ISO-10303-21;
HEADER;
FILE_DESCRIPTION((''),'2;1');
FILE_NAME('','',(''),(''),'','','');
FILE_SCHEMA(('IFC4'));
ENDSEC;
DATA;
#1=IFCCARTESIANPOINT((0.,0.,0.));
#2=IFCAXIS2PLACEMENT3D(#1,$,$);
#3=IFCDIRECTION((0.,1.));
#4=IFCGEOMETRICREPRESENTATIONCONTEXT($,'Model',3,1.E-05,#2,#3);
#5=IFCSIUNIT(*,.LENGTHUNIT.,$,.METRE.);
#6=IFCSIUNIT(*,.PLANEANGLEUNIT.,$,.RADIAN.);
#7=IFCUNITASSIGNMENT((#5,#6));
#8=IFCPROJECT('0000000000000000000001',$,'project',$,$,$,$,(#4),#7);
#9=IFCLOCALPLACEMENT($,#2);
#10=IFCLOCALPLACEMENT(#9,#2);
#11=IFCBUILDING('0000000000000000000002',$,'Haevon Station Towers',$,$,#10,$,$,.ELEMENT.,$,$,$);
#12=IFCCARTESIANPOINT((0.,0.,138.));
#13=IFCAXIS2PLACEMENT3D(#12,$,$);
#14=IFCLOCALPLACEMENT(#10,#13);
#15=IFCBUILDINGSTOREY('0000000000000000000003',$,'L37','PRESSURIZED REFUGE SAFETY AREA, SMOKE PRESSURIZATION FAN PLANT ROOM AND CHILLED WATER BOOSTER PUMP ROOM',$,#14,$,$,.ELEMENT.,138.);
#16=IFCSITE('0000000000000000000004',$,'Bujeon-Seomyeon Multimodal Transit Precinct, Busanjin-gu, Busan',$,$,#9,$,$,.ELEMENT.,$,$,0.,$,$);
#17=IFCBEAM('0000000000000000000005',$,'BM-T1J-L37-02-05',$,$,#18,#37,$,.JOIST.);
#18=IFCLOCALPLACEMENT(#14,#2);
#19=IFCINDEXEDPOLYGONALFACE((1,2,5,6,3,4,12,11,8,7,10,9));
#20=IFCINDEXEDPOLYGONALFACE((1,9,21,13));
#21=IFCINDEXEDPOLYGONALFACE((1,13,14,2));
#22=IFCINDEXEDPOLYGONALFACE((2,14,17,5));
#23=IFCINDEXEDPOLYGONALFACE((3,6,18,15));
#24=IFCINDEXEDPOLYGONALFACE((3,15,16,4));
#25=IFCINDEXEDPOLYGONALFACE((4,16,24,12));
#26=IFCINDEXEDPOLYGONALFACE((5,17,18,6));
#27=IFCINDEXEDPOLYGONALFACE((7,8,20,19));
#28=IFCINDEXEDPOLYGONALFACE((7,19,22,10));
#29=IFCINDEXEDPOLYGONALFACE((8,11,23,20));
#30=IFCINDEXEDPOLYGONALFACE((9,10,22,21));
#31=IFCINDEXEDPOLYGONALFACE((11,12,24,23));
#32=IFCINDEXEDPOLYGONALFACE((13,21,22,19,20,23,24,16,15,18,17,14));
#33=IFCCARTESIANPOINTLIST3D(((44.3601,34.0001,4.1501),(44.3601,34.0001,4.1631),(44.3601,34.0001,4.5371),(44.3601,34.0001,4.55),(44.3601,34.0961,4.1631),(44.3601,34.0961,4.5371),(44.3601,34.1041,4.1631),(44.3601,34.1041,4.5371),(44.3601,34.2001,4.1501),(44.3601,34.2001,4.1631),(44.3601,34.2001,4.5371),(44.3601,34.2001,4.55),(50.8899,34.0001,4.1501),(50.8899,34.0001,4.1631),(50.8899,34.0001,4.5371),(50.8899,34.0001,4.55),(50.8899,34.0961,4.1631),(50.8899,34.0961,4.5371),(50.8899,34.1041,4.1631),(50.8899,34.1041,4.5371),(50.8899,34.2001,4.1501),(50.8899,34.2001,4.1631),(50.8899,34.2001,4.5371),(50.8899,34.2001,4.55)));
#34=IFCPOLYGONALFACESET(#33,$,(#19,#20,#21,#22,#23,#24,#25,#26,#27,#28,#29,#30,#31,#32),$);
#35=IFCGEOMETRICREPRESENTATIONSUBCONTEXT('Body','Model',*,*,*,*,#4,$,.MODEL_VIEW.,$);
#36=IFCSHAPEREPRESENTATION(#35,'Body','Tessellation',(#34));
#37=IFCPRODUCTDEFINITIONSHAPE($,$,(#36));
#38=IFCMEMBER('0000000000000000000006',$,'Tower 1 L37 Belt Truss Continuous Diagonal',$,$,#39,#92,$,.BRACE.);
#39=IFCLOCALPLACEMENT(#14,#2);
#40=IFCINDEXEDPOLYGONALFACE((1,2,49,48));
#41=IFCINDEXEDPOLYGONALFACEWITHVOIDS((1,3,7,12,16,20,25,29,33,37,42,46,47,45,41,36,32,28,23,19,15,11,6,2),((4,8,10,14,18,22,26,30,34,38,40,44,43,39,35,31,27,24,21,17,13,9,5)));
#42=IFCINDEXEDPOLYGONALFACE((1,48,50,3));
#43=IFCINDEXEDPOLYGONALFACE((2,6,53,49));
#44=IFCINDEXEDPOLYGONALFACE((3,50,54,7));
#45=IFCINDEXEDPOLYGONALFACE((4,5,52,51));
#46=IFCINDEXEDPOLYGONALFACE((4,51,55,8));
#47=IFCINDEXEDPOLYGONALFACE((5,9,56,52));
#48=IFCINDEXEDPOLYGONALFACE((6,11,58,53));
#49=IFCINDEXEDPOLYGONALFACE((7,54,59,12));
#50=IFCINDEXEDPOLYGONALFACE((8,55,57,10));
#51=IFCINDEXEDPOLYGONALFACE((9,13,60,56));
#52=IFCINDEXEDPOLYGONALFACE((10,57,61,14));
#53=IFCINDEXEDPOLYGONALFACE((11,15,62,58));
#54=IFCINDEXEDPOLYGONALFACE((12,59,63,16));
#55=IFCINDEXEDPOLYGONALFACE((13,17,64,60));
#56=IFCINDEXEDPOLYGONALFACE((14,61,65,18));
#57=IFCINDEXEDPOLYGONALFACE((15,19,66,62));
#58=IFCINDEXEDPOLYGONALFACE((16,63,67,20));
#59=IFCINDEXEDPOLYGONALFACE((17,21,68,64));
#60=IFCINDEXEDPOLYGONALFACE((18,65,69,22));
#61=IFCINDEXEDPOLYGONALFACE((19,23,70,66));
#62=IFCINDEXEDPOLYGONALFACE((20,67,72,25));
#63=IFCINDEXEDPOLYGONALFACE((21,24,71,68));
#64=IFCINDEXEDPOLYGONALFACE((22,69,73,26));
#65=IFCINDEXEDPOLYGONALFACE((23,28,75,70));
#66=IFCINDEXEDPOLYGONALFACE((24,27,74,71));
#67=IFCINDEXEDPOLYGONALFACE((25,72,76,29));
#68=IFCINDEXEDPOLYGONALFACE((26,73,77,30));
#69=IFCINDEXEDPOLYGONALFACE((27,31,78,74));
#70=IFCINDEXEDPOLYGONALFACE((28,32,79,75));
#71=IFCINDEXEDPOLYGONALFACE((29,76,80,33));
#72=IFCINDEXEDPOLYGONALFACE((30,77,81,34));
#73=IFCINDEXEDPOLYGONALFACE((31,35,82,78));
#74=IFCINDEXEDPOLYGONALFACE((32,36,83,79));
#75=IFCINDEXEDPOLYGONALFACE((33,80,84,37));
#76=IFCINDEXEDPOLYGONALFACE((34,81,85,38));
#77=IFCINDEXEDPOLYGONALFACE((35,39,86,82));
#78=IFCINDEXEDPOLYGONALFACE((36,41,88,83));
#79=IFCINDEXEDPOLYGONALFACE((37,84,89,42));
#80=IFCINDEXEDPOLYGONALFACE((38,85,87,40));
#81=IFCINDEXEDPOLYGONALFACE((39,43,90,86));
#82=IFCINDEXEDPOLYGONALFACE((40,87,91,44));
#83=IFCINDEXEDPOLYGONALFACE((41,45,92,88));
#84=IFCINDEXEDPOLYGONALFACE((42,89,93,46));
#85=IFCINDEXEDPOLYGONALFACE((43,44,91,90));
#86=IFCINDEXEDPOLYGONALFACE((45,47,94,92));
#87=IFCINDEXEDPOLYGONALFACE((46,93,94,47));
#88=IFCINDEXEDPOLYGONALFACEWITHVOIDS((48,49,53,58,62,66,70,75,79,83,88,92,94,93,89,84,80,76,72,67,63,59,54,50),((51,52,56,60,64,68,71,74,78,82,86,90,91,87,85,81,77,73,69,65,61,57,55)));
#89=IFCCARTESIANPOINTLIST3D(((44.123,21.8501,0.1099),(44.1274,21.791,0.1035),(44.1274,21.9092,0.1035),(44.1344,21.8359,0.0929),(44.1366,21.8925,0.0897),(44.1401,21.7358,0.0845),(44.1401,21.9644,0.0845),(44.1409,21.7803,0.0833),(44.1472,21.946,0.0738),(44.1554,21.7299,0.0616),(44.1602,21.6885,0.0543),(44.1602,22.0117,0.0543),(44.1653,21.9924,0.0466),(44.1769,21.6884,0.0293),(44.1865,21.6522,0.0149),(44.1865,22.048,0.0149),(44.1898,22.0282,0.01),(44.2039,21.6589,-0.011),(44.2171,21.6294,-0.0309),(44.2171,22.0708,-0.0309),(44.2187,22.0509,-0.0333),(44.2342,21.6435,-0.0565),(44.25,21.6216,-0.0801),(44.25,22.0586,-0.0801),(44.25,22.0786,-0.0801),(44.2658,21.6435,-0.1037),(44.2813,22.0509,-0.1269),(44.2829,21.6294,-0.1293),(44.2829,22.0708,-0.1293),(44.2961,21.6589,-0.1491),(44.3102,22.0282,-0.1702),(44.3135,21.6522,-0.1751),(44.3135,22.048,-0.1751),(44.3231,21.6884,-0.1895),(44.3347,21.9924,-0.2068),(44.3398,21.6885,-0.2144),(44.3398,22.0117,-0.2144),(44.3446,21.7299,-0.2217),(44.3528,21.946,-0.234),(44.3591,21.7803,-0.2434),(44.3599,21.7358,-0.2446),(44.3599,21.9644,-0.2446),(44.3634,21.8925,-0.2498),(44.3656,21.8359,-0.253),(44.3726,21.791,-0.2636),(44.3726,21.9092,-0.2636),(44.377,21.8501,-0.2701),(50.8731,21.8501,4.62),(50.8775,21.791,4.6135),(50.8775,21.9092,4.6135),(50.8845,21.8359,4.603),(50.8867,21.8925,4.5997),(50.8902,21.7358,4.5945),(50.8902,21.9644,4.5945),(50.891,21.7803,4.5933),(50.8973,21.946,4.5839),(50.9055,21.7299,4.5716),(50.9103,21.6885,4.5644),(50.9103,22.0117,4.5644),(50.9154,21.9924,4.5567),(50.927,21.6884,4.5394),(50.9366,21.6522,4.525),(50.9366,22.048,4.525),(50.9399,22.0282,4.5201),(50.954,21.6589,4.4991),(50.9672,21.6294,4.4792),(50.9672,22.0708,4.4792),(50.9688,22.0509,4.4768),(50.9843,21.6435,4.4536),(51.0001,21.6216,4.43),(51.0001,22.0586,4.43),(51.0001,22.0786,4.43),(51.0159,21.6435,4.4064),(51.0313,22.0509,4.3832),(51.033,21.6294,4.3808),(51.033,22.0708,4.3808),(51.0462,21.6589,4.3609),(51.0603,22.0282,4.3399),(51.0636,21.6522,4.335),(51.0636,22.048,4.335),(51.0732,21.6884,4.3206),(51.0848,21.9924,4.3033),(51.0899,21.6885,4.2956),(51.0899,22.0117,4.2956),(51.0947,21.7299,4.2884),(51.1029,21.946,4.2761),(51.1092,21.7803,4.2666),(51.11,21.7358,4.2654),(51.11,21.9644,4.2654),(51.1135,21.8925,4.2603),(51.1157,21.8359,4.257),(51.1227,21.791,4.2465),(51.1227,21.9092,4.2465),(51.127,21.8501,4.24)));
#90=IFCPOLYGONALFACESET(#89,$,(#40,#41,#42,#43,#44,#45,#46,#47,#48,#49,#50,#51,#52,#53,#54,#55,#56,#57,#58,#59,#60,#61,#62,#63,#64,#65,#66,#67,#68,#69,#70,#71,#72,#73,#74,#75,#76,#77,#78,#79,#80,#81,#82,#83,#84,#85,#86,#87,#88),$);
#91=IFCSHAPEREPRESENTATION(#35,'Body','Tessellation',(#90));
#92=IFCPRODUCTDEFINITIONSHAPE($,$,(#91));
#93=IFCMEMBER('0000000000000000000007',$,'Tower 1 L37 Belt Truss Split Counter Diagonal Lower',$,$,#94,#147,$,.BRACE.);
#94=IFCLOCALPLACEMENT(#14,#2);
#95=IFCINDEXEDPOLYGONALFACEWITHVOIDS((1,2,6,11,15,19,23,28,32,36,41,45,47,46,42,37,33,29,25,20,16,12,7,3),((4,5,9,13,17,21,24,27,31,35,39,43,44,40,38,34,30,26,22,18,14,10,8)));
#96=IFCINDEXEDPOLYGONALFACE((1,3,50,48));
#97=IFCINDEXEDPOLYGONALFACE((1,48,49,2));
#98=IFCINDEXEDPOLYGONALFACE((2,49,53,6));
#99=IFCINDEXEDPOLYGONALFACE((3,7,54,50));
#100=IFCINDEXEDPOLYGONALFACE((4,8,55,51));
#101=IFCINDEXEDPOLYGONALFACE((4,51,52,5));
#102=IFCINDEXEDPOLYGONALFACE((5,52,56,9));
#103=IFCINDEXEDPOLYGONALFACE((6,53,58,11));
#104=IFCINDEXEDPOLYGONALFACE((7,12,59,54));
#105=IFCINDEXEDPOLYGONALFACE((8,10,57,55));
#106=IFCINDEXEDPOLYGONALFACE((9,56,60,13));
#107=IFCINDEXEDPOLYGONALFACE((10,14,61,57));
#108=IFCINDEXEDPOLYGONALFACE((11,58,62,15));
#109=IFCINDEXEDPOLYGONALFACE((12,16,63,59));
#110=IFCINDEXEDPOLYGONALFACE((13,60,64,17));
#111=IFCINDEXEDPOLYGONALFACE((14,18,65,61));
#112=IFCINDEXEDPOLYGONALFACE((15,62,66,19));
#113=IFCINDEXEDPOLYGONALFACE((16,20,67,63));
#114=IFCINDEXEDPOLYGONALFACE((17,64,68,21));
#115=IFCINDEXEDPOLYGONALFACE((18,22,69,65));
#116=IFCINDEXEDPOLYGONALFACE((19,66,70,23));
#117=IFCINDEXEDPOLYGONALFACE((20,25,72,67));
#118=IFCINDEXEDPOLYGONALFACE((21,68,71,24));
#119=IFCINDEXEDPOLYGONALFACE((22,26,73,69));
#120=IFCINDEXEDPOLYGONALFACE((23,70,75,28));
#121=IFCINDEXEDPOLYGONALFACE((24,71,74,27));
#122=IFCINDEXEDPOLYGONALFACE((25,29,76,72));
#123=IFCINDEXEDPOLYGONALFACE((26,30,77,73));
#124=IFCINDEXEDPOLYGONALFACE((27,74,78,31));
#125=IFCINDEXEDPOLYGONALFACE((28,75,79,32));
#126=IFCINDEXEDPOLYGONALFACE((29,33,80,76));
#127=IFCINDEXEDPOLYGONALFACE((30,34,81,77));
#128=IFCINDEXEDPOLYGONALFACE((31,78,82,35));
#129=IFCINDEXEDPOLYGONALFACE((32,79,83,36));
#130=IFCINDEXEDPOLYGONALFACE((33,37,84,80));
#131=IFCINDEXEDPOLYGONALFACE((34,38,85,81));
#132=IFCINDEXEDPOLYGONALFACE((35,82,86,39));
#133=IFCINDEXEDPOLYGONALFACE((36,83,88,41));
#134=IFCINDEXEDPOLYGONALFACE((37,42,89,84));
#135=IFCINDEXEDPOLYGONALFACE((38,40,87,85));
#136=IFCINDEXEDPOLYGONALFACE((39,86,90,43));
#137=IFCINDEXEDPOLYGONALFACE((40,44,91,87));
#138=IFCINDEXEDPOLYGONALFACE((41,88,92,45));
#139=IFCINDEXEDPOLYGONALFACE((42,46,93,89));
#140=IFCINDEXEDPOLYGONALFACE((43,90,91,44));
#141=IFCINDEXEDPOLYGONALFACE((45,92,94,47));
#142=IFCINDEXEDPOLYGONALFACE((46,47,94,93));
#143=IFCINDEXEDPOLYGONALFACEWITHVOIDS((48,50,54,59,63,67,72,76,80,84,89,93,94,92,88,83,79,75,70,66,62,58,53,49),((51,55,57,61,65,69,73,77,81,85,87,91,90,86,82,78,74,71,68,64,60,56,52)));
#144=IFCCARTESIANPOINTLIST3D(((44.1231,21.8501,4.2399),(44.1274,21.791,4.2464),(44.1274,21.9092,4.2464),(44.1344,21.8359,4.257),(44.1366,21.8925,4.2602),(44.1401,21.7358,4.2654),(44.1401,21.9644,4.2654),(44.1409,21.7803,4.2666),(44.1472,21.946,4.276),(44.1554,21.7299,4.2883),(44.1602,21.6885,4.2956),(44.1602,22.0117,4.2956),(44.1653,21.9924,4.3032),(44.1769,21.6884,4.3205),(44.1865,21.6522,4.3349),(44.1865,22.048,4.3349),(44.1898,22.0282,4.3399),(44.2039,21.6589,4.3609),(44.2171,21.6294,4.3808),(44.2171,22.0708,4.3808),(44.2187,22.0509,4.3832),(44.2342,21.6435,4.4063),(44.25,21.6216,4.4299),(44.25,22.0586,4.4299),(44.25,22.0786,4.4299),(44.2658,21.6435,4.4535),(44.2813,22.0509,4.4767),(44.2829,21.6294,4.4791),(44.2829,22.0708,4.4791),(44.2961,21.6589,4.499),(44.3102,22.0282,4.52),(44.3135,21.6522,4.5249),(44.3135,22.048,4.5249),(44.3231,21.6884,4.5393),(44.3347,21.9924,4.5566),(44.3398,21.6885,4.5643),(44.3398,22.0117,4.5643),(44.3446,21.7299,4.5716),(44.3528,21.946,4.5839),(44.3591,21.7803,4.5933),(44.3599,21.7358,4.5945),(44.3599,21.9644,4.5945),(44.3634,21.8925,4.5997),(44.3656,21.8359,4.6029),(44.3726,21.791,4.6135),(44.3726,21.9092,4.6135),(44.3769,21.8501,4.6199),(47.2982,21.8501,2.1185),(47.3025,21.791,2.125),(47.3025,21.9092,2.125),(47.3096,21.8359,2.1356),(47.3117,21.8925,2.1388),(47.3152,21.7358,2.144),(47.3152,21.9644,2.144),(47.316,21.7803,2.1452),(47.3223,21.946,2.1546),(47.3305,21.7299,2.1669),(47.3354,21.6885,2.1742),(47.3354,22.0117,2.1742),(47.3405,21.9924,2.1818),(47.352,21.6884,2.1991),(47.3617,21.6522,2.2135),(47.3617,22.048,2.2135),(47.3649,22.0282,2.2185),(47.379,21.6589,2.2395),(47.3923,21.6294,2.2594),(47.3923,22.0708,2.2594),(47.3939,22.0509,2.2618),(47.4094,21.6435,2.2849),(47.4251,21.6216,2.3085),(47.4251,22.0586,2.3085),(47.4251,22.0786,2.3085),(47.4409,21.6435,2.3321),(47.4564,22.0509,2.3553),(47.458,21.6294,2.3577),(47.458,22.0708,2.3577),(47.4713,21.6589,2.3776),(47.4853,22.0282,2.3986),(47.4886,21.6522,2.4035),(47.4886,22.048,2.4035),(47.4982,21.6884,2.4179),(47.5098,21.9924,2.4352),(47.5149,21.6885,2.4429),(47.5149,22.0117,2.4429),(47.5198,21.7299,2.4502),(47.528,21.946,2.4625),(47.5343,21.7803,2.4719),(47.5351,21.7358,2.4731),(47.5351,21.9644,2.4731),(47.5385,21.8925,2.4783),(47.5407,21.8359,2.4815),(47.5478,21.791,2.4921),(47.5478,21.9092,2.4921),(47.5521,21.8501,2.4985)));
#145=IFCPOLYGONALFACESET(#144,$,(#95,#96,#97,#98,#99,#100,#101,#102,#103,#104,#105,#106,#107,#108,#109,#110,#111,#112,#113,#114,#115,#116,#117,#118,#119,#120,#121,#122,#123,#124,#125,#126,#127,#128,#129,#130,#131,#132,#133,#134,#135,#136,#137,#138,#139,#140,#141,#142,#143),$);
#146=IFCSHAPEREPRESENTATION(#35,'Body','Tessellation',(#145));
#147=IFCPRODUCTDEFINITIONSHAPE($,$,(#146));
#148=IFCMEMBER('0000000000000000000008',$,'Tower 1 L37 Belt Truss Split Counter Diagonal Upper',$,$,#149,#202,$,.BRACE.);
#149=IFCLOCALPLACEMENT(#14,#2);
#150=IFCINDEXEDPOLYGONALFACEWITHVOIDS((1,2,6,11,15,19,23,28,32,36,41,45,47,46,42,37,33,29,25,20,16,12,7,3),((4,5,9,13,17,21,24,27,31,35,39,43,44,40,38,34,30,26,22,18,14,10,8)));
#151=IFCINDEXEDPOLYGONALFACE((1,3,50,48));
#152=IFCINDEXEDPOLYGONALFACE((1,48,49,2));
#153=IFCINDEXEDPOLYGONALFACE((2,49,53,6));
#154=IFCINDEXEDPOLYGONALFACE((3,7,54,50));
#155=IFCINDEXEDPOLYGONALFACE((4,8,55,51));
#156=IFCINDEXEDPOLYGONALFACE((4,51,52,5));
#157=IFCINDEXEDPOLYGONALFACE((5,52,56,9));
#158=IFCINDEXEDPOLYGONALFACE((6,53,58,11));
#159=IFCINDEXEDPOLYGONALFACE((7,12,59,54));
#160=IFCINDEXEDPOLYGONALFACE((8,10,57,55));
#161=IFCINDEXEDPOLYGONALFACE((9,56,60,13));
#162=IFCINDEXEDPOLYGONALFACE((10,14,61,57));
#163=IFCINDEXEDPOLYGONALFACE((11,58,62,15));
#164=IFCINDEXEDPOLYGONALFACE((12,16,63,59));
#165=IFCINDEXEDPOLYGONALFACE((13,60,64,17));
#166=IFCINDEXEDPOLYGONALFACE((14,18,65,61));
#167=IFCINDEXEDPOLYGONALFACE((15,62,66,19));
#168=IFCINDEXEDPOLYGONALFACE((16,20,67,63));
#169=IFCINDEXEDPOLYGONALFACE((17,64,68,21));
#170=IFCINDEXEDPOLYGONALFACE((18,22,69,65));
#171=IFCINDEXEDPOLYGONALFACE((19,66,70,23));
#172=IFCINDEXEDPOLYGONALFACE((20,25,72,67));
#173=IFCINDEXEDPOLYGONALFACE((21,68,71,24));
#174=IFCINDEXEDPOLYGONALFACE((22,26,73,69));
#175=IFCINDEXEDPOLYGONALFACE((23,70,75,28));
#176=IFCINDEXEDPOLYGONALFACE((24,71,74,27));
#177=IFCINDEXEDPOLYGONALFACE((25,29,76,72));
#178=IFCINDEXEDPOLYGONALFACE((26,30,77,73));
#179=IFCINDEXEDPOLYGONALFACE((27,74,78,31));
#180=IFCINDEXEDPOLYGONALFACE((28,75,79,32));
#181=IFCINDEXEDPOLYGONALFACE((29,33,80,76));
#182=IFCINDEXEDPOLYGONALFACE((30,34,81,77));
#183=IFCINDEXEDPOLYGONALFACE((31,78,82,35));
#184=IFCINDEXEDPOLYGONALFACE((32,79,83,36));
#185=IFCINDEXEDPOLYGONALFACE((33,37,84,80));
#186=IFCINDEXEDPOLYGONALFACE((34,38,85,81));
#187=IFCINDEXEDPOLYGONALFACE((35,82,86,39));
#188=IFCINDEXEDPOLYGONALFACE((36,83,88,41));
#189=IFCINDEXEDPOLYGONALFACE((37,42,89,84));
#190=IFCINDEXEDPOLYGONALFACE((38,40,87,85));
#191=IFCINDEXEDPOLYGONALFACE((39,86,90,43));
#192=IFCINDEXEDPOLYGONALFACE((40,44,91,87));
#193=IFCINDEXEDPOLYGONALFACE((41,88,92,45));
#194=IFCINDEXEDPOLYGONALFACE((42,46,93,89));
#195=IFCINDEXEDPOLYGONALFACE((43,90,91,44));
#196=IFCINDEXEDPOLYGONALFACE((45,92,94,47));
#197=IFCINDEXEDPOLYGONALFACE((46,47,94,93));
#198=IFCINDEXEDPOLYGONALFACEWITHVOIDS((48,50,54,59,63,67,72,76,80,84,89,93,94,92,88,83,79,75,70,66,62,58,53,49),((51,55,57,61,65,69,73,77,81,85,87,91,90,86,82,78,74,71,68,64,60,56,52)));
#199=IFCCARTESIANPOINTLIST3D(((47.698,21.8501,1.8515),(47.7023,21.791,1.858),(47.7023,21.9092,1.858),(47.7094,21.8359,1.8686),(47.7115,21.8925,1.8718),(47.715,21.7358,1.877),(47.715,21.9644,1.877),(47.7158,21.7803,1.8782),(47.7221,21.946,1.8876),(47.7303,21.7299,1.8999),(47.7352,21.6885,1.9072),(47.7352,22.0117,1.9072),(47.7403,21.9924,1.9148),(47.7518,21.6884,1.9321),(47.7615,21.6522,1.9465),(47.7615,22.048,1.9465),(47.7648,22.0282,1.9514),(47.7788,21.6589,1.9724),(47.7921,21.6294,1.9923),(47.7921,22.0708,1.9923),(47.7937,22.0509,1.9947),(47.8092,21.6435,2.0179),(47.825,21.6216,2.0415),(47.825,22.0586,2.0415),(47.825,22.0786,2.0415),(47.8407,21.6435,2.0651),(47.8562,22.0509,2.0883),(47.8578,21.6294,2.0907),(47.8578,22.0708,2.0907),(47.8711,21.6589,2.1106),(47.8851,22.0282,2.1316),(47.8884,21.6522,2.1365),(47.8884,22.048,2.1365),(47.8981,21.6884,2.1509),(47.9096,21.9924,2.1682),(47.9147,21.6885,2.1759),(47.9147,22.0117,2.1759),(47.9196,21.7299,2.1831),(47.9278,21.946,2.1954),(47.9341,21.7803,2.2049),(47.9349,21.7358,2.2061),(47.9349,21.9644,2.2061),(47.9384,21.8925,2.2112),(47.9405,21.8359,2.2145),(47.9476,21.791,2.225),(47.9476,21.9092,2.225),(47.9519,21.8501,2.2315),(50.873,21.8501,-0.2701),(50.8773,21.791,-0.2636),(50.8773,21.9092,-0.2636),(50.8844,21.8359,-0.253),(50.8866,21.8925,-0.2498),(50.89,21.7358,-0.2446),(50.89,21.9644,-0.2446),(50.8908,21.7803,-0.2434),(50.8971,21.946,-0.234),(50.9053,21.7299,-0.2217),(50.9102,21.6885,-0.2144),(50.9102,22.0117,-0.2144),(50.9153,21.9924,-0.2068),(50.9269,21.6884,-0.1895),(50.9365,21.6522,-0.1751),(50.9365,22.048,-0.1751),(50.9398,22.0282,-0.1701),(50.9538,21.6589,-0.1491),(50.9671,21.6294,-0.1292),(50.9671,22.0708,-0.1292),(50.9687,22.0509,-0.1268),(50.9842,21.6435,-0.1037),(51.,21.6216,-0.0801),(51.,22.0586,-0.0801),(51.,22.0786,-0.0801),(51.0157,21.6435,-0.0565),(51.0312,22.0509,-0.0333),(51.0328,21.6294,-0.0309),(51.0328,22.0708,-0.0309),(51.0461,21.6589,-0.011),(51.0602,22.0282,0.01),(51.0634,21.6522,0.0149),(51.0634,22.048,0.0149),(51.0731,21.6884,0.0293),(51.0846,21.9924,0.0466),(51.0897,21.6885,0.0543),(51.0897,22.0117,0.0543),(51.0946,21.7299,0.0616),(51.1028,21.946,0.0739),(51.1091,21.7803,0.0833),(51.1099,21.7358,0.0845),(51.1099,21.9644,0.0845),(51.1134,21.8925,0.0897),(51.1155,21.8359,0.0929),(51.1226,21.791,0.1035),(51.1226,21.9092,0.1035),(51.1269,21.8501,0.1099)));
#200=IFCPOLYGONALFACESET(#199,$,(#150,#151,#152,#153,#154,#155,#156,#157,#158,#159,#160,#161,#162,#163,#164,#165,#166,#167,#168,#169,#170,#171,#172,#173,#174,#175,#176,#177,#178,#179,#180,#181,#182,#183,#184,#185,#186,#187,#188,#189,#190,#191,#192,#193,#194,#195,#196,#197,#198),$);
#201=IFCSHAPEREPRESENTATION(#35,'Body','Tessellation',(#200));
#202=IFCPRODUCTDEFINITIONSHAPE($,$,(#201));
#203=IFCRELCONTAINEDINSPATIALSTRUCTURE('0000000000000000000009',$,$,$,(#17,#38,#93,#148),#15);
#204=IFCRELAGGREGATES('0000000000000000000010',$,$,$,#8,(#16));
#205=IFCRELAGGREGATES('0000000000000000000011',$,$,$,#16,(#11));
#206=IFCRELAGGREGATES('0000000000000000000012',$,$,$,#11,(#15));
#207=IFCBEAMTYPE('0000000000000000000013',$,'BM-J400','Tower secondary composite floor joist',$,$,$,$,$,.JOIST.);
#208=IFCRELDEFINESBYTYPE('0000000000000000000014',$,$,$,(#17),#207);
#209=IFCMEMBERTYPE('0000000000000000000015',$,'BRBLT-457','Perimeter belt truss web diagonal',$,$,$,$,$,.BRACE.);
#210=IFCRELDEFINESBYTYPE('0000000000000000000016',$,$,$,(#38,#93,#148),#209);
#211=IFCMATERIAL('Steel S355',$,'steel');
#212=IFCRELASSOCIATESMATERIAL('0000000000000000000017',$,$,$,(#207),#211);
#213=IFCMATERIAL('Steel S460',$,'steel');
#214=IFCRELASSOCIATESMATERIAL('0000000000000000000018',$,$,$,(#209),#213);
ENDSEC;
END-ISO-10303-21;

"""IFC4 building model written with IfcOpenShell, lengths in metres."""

from ifc_helpers import new_model, si_unit, direction, frame, origin, origin_2d, place, context, subcontext, project, spatial, hollow_circle, i_section, extrude, material, material_profile, profile_set, type_object, element, save


model = new_model("IFC4")

# Units and contexts
model_context = context("Model", 3, precision=1e-05, world=origin(), true_north=direction((0.0, 1.0)))
body_context = subcontext(model_context, "Body", "Model", "MODEL_VIEW")
ifc_project = project(units=[si_unit("LENGTHUNIT", "METRE"), si_unit("PLANEANGLEUNIT", "RADIAN")], contexts=[model_context])

# Site, building, storey
site_placement = place(None, origin())
site = spatial("IfcSite", under=ifc_project, at=site_placement, Name="Bujeon-Seomyeon Multimodal Transit Precinct, Busanjin-gu, Busan", CompositionType="ELEMENT", RefElevation=0.0)
building_placement = place(site_placement, origin())
building = spatial("IfcBuilding", under=site, at=building_placement, Name="Haevon Station Towers", CompositionType="ELEMENT")
storey_placement = place(building_placement, frame((0.0, 0.0, 138.0)))
storey = spatial("IfcBuildingStorey", under=building, at=storey_placement, Name="L37", Description="PRESSURIZED REFUGE SAFETY AREA, SMOKE PRESSURIZATION FAN PLANT ROOM AND CHILLED WATER BOOSTER PUMP ROOM", CompositionType="ELEMENT", Elevation=138.0)

# Shared definitions
ifc_material_1 = material(Name="Steel S460", Category="steel")

# Beam
ifc_material_2 = material(Name="Steel S355", Category="steel")
ifc_material_profile_1 = material_profile(ifc_material_2, i_section(OverallWidth=0.2, OverallDepth=0.3999, WebThickness=0.0081, FlangeThickness=0.0129, at=origin_2d()), Name="H-400x200x8x13")
ifc_profile_set_1 = profile_set([ifc_material_profile_1], Name="Steel S355")
beam_type_1 = type_object("IfcBeamType", Name="BM-J400", Description="Tower secondary composite floor joist", PredefinedType="JOIST", material=ifc_profile_set_1)
for number, where, z_axis, x_axis, name in (
    (1, (44.3601, 34.1001, 4.3501), (1.0, 0.0, 0.0), (0.0, 1.0, 0.0), "BM-T1J-L37-02-05"),
):
    element("IfcBeam", number, at=place(storey_placement, frame(where, z_axis=z_axis, x_axis=x_axis)), inside=storey, type_object=beam_type_1, Name=name, PredefinedType="JOIST", context=body_context, shape_type="SweptSolid", body=[
        extrude(i_section(OverallWidth=0.2, OverallDepth=0.3999, WebThickness=0.0081, FlangeThickness=0.0129, at=origin_2d()), origin(), (0.0, 0.0, 1.0), 6.5298),
    ])

# Members
ifc_material_profile_2 = material_profile(ifc_material_1, hollow_circle(Radius=0.2285, WallThickness=0.02, at=origin_2d()), Name="CHS-457x20")
ifc_profile_set_2 = profile_set([ifc_material_profile_2], Name="Steel S460")
member_type_1 = type_object("IfcMemberType", Name="BRBLT-457", Description="Perimeter belt truss web diagonal", PredefinedType="BRACE", material=ifc_profile_set_2)
member_1_placement = place(storey_placement, frame((44.25, 21.8501, -0.0801), z_axis=(0.831481, 0.0, 0.555554), x_axis=(0.0, 1.0, 0.0)))
element("IfcMember", 2, at=member_1_placement, inside=storey, type_object=member_type_1, Name="Tower 1 L37 Belt Truss Continuous Diagonal", PredefinedType="BRACE", context=body_context, shape_type="SweptSolid", body=[
    extrude(hollow_circle(Radius=0.2285, WallThickness=0.02, at=origin_2d()), origin(), (0.0, 0.0, 1.0), 8.1182),
])
for number, where, z_axis, x_axis, name in (
    (3, (44.25, 21.8501, 4.4299), (0.831489, 0.0, -0.555541), (0.0, 1.0, 0.0), "Tower 1 L37 Belt Truss Split Counter Diagonal Lower"),
    (4, (47.825, 21.8501, 2.0415), (0.83146, 0.0, -0.555585), (0.0, 1.0, 0.0), "Tower 1 L37 Belt Truss Split Counter Diagonal Upper"),
):
    element("IfcMember", number, at=place(storey_placement, frame(where, z_axis=z_axis, x_axis=x_axis)), inside=storey, type_object=member_type_1, Name=name, PredefinedType="BRACE", context=body_context, shape_type="SweptSolid", body=[
        extrude(hollow_circle(Radius=0.2285, WallThickness=0.02, at=origin_2d()), origin(), (0.0, 0.0, 1.0), 3.8186),
    ])

save(model, "model.ifc")
